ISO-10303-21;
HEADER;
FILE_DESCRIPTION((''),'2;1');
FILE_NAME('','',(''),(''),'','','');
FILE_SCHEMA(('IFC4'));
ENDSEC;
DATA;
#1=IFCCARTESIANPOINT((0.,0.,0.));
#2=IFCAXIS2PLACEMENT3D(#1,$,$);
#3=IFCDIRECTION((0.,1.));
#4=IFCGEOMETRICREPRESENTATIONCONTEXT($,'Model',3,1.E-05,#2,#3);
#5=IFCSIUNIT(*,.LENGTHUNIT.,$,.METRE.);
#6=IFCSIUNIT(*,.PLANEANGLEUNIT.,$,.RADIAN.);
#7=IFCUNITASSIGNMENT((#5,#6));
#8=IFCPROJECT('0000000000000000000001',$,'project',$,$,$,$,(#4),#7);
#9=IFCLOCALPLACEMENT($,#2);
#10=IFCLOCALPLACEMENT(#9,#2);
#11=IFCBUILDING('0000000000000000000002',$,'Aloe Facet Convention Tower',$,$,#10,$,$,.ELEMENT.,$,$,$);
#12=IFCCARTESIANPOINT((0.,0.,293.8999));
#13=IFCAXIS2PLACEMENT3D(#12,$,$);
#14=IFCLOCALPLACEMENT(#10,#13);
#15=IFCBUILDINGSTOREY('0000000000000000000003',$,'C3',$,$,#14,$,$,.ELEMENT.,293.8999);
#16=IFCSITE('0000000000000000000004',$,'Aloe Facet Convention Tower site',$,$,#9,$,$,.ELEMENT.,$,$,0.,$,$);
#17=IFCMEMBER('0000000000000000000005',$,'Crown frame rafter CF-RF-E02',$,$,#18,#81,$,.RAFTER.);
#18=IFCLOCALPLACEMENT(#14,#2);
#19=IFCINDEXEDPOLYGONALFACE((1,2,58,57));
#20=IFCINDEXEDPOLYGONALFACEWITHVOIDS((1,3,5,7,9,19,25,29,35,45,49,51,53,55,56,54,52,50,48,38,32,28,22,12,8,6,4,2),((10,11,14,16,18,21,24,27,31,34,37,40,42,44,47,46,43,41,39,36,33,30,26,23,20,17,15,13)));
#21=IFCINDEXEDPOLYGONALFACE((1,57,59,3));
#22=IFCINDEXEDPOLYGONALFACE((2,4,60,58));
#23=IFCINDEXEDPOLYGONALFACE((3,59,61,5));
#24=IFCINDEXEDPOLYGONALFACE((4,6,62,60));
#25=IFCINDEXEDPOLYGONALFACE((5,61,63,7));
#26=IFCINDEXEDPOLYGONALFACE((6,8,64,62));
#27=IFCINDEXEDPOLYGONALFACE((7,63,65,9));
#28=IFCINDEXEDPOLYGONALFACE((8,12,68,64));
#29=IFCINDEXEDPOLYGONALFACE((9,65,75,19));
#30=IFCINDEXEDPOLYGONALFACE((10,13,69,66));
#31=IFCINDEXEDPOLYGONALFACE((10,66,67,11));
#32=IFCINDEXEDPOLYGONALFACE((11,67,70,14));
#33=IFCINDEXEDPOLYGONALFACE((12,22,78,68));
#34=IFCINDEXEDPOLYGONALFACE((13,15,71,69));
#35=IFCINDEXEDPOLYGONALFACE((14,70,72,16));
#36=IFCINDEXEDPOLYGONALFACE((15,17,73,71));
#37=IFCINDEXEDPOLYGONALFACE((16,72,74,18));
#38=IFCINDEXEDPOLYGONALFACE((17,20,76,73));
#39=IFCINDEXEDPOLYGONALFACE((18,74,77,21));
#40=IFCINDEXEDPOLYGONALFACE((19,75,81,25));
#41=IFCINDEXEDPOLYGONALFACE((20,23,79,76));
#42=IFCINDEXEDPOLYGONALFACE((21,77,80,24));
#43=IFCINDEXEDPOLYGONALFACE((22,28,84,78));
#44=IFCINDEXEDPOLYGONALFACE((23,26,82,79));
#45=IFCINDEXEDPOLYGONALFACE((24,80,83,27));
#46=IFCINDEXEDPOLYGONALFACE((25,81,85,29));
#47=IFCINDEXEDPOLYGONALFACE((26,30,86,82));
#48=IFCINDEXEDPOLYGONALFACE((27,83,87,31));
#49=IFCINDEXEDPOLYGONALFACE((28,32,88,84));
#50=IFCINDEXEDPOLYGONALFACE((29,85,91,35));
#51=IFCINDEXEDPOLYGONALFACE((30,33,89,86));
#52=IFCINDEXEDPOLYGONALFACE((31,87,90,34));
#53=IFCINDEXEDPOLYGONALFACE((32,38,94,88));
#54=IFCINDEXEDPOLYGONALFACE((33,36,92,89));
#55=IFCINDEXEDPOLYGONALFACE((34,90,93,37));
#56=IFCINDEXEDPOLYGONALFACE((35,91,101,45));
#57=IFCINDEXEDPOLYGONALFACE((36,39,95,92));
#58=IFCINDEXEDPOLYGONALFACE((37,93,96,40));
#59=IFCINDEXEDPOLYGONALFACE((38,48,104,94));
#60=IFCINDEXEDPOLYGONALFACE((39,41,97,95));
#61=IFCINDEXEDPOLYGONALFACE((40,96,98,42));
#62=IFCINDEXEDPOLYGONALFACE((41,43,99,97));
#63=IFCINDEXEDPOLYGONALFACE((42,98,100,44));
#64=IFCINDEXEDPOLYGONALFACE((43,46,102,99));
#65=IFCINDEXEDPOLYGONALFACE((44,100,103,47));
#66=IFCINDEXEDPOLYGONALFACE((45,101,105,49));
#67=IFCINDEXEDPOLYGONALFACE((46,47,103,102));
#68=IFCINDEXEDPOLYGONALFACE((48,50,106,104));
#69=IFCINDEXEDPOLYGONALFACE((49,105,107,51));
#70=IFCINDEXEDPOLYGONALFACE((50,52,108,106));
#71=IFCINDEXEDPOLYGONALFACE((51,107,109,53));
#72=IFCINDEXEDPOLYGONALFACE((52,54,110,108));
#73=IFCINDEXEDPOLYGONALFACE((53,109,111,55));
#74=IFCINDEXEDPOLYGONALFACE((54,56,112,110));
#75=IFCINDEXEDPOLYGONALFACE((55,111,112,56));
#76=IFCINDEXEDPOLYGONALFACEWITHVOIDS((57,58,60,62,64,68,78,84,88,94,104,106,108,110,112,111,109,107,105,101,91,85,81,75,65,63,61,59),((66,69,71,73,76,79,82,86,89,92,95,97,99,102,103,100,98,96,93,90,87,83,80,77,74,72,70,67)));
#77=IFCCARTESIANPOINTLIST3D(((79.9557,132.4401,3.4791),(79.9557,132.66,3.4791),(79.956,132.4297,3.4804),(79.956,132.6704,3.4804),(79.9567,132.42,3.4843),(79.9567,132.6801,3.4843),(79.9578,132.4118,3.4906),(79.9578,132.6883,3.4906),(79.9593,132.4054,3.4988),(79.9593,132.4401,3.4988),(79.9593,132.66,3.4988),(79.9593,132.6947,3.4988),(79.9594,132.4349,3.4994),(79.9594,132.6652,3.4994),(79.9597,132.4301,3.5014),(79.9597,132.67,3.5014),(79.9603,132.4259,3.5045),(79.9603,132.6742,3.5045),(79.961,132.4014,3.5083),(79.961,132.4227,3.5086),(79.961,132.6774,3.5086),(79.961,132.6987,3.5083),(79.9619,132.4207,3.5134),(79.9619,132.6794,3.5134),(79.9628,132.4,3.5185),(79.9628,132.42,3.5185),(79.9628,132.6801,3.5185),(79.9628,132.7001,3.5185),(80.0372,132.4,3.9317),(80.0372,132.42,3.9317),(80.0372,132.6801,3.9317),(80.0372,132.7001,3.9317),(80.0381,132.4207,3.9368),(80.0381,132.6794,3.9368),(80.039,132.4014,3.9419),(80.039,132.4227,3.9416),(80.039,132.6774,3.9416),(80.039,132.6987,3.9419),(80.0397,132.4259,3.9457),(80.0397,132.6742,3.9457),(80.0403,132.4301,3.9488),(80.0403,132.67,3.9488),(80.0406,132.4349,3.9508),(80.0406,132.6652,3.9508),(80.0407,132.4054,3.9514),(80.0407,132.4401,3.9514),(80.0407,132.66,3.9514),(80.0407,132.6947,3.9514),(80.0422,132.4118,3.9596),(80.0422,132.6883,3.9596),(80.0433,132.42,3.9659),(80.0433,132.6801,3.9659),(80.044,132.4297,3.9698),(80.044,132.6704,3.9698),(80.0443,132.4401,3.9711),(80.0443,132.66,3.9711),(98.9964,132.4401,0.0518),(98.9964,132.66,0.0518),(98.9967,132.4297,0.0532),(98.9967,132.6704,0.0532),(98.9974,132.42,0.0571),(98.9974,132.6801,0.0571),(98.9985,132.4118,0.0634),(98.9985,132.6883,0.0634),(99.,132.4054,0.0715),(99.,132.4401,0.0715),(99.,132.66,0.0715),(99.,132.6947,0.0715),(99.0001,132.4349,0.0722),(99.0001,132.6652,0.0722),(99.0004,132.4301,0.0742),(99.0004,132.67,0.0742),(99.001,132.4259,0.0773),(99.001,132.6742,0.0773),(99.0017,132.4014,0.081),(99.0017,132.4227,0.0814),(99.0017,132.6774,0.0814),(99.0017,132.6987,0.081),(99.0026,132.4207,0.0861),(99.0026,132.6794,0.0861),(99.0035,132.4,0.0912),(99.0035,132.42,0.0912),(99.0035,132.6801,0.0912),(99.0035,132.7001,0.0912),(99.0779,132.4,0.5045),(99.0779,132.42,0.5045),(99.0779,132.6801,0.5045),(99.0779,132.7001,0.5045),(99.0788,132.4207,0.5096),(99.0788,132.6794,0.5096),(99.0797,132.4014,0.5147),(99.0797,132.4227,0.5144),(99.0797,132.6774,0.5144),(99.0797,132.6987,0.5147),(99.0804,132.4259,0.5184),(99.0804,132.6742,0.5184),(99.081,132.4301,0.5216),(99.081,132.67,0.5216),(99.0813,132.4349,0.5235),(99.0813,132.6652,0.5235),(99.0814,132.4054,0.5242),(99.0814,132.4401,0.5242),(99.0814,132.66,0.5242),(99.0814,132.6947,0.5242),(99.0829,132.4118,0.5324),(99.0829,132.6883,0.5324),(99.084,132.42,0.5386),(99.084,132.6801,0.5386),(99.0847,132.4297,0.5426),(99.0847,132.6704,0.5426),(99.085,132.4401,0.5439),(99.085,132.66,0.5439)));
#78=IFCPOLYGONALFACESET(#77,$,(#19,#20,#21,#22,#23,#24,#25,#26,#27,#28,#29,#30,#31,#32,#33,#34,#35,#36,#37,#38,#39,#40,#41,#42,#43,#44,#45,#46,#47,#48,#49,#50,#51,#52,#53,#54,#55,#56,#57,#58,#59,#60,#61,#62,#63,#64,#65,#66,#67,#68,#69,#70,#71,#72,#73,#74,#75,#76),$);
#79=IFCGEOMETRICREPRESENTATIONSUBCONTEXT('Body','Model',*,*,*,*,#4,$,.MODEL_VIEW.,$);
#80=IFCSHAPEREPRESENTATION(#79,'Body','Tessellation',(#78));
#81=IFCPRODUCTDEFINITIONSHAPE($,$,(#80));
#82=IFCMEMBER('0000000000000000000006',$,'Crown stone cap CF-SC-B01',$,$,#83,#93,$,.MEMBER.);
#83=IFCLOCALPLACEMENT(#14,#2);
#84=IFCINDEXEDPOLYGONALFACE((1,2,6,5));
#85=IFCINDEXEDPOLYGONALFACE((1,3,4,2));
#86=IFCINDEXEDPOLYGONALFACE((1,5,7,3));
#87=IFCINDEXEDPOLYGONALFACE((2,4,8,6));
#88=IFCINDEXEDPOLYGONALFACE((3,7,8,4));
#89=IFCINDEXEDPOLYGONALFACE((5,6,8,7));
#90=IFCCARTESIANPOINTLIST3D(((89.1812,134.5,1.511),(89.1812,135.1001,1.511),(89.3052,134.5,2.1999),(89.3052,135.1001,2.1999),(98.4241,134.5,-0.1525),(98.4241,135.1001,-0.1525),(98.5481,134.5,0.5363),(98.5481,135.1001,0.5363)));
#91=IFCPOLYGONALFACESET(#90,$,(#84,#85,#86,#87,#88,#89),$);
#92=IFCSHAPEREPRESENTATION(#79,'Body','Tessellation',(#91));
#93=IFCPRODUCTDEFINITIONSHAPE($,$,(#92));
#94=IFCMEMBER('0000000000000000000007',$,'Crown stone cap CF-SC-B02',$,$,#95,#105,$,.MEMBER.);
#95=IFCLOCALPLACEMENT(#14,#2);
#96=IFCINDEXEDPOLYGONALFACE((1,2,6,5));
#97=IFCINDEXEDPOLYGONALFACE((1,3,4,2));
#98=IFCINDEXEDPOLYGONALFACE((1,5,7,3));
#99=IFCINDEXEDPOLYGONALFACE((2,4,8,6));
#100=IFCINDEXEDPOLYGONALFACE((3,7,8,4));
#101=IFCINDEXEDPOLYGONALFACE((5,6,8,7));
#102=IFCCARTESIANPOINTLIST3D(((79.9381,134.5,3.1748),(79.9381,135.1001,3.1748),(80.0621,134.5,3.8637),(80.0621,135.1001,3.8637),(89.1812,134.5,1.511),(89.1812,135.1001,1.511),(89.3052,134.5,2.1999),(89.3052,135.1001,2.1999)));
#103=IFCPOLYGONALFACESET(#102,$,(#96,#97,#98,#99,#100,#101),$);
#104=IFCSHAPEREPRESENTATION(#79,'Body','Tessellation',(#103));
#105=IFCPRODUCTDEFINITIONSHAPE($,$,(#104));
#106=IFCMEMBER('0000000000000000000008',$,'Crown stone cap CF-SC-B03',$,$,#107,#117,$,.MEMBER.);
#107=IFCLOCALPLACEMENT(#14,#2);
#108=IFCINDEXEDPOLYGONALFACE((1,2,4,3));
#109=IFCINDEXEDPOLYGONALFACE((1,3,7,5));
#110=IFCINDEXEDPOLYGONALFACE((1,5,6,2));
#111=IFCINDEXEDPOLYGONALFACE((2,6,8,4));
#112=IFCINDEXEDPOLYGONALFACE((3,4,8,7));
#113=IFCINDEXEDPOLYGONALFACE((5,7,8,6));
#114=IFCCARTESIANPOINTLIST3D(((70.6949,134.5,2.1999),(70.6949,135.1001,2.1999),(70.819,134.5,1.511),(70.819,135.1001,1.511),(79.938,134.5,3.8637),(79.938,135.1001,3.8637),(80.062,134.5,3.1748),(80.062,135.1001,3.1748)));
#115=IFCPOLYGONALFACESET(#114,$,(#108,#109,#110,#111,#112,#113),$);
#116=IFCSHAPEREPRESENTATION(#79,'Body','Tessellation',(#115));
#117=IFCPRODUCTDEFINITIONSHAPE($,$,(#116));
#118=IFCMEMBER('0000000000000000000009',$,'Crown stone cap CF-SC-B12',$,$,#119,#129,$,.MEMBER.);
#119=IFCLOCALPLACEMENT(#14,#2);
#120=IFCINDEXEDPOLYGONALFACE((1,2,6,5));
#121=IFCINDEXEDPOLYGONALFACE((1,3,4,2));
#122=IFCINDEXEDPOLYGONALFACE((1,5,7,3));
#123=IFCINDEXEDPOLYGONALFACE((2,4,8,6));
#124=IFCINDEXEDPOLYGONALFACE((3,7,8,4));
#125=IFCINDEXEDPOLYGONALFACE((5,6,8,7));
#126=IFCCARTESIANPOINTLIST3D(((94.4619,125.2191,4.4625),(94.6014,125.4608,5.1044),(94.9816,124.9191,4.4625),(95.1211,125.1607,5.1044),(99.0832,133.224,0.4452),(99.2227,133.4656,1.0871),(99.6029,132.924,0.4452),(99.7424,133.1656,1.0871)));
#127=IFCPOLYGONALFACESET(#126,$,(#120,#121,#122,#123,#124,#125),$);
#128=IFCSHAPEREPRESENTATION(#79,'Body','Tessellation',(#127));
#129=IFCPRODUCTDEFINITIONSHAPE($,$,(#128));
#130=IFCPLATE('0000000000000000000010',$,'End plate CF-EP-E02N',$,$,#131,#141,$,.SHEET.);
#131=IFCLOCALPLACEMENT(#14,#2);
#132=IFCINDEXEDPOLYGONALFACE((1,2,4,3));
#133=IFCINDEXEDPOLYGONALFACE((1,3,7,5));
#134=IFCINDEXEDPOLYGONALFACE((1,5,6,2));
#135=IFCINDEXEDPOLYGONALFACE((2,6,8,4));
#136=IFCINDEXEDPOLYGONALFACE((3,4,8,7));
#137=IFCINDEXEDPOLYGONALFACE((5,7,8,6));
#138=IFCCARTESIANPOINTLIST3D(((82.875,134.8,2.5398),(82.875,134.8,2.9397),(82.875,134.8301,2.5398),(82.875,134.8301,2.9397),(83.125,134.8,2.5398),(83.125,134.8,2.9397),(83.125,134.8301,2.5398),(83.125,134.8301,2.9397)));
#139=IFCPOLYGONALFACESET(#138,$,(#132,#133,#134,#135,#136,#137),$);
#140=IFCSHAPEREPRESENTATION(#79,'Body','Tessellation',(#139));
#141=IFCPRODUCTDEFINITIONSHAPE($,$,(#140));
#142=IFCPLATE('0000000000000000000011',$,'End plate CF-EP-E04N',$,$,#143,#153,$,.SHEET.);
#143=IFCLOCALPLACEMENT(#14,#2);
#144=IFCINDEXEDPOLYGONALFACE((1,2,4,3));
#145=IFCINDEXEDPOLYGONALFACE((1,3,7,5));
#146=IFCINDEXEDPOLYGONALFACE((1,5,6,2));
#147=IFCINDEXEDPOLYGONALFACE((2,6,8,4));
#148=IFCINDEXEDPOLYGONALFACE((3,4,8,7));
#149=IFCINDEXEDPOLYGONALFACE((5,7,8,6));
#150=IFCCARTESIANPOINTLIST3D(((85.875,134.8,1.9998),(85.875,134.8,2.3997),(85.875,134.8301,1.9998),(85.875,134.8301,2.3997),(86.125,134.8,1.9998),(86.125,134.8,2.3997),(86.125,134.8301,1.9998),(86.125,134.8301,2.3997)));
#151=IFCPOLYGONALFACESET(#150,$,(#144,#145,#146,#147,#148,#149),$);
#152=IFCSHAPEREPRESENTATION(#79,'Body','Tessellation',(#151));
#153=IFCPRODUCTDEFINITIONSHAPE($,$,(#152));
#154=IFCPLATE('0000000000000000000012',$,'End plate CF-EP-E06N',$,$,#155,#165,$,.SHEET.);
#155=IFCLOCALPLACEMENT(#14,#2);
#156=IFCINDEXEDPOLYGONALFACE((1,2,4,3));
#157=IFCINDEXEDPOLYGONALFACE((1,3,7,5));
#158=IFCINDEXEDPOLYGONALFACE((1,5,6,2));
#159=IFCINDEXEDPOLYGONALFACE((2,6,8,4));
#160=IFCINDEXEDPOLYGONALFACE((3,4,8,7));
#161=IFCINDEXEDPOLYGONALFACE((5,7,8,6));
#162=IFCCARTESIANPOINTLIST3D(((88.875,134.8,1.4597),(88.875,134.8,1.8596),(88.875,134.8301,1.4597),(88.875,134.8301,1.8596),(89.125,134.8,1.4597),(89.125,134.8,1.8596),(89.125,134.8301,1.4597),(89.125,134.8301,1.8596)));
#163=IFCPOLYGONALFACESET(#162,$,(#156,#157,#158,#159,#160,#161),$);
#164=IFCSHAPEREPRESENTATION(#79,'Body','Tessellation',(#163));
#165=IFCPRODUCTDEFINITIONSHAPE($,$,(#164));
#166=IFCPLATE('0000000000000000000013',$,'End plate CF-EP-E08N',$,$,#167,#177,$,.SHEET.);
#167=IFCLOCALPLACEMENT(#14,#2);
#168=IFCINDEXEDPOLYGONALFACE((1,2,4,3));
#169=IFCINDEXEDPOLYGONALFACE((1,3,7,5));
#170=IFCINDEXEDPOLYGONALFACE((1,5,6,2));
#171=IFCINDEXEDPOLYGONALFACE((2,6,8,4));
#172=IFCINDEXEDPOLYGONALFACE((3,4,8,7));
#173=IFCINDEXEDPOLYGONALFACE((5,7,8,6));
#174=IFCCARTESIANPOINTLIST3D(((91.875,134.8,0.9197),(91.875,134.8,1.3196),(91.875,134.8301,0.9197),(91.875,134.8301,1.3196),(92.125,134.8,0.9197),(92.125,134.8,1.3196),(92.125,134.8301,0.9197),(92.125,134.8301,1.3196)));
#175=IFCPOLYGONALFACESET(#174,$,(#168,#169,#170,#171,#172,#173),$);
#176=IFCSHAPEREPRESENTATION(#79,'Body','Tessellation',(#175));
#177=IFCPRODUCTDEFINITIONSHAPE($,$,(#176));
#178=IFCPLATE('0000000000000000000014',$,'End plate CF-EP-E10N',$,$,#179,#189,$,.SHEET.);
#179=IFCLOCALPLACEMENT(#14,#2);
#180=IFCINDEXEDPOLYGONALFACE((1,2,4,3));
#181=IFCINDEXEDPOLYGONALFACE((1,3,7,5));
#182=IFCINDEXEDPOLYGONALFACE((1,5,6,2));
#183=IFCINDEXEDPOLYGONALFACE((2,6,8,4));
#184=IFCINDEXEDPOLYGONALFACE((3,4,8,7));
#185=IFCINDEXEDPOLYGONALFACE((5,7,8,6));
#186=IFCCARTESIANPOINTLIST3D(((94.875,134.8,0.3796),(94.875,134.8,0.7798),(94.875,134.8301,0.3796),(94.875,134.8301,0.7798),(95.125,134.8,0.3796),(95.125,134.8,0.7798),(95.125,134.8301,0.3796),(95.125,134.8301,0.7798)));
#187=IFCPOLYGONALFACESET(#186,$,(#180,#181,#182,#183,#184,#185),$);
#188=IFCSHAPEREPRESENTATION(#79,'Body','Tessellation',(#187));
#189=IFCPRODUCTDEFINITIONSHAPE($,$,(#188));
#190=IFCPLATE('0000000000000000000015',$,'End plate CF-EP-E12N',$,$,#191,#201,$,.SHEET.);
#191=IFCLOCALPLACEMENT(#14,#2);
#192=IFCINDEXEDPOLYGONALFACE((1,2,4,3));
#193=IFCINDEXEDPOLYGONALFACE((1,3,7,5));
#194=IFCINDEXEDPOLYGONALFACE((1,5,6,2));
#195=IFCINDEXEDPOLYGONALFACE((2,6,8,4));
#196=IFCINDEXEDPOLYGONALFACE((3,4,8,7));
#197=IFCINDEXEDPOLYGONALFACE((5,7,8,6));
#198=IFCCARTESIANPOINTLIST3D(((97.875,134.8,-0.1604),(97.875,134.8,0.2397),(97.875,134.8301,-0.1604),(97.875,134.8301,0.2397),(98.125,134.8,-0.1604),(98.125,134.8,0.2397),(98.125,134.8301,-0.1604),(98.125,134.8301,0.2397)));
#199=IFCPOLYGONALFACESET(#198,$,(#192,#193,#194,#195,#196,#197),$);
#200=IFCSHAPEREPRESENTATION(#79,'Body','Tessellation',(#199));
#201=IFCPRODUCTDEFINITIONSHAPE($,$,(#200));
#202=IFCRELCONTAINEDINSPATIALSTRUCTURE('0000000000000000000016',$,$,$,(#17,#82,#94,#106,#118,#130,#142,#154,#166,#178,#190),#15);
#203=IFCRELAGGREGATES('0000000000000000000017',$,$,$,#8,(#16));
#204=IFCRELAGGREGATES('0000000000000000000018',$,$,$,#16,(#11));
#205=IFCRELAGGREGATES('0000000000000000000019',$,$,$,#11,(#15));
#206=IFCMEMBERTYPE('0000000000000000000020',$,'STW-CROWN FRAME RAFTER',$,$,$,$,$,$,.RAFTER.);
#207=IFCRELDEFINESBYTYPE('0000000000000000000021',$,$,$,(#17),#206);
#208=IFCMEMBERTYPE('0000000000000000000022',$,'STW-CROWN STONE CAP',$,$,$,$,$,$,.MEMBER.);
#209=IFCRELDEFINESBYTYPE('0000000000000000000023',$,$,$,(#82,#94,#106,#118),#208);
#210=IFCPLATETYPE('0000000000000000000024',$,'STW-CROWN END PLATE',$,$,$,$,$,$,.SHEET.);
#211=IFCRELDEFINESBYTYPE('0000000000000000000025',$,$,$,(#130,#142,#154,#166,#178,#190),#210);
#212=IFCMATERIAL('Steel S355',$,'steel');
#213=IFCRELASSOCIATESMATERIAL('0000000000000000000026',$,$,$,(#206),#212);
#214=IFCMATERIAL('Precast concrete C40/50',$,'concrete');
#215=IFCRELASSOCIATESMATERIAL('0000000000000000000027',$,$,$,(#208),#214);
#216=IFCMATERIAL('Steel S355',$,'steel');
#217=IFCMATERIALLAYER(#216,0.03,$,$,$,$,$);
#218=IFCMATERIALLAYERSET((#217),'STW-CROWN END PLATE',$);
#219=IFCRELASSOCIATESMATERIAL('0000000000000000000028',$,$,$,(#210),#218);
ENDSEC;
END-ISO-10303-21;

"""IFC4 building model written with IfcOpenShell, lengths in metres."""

from ifc_helpers import new_model, si_unit, direction, frame, origin, origin_2d, place, context, subcontext, project, spatial, polyline, rectangle, hollow_rectangle, outline, extrude, material, layer, layer_set, material_profile, profile_set, type_object, element, save


model = new_model("IFC4")

# Units and contexts
model_context = context("Model", 3, precision=1e-05, world=origin(), true_north=direction((0.0, 1.0)))
body_context = subcontext(model_context, "Body", "Model", "MODEL_VIEW")
ifc_project = project(units=[si_unit("LENGTHUNIT", "METRE"), si_unit("PLANEANGLEUNIT", "RADIAN")], contexts=[model_context])

# Site, building, storey
site_placement = place(None, origin())
site = spatial("IfcSite", under=ifc_project, at=site_placement, Name="Aloe Facet Convention Tower site", CompositionType="ELEMENT", RefElevation=0.0)
building_placement = place(site_placement, origin())
building = spatial("IfcBuilding", under=site, at=building_placement, Name="Aloe Facet Convention Tower", CompositionType="ELEMENT")
storey_placement = place(building_placement, frame((0.0, 0.0, 293.8999)))
storey = spatial("IfcBuildingStorey", under=building, at=storey_placement, Name="C3", CompositionType="ELEMENT", Elevation=293.8999)

# Members
ifc_material_1 = material(Name="Steel S355", Category="steel")
ifc_material_profile_1 = material_profile(ifc_material_1, hollow_rectangle(XDim=0.3, YDim=0.5, WallThickness=0.02, InnerFilletRadius=0.02, OuterFilletRadius=0.04, at=origin_2d()), Name="RHS 500x300x20")
ifc_profile_set_1 = profile_set([ifc_material_profile_1], Name="Steel S355")
member_type_1 = type_object("IfcMemberType", Name="STW-CROWN FRAME RAFTER", PredefinedType="RAFTER", material=ifc_profile_set_1)
member_1_placement = place(storey_placement, frame((80.0, 132.55, 3.7251), z_axis=(0.984184, 0.0, -0.177148), x_axis=(0.0, 1.0, 0.0)))
element("IfcMember", 1, at=member_1_placement, inside=storey, type_object=member_type_1, Name="Crown frame rafter CF-RF-E02", PredefinedType="RAFTER", context=body_context, shape_type="SweptSolid", body=[
    extrude(hollow_rectangle(XDim=0.3, YDim=0.5, WallThickness=0.02, InnerFilletRadius=0.02, OuterFilletRadius=0.04, at=origin_2d()), origin(), (0.0, 0.0, 1.0), 19.3467),
])
ifc_material_2 = material(Name="Precast concrete C40/50", Category="concrete")
ifc_material_profile_2 = material_profile(ifc_material_2, rectangle(XDim=0.6001, YDim=0.7, at=origin_2d()), Name="STW-CROWN STONE CAP")
ifc_profile_set_2 = profile_set([ifc_material_profile_2], Name="Precast concrete C40/50")
member_type_2 = type_object("IfcMemberType", Name="STW-CROWN STONE CAP", PredefinedType="MEMBER", material=ifc_profile_set_2)
member_2_placement = place(storey_placement, frame((98.4861, 134.8, 0.1919), z_axis=(-0.984186, 0.0, 0.177137), x_axis=(0.0, -1.0, 0.0)))
element("IfcMember", 2, at=member_2_placement, inside=storey, type_object=member_type_2, Name="Crown stone cap CF-SC-B01", PredefinedType="MEMBER", context=body_context, shape_type="SweptSolid", body=[
    extrude(rectangle(XDim=0.6001, YDim=0.7, at=origin_2d()), origin(), (0.0, 0.0, 1.0), 9.3914),
])
for number, where, z_axis, x_axis, name in (
    (3, (89.2432, 134.8, 1.8555), (-0.984182, 0.0, 0.177158), (0.0, -1.0, 0.0), "Crown stone cap CF-SC-B02"),
    (4, (80.0, 134.8, 3.5193), (-0.984182, 0.0, -0.177158), (0.0, -1.0, 0.0), "Crown stone cap CF-SC-B03"),
):
    element("IfcMember", number, at=place(storey_placement, frame(where, z_axis=z_axis, x_axis=x_axis)), inside=storey, type_object=member_type_2, Name=name, PredefinedType="MEMBER", context=body_context, shape_type="SweptSolid", body=[
        extrude(rectangle(XDim=0.6001, YDim=0.7, at=origin_2d()), origin(), (0.0, 0.0, 1.0), 9.3916),
    ])
member_3_placement = place(storey_placement, frame((94.7915, 125.1899, 4.7834), z_axis=(0.458539, 0.794262, -0.398609), x_axis=(-0.866039, 0.499977, 0.0)))
element("IfcMember", 5, at=member_3_placement, inside=storey, type_object=member_type_2, Name="Crown stone cap CF-SC-B12", PredefinedType="MEMBER", context=body_context, shape_type="SweptSolid", body=[
    extrude(rectangle(XDim=0.6001, YDim=0.7, at=origin_2d()), origin(), (0.0, 0.0, 1.0), 10.0784),
])

# Plates
ifc_material_3 = material(Name="Steel S355", Category="steel")
ifc_layer_1 = layer(ifc_material_3, 0.03)
ifc_layer_set_1 = layer_set([ifc_layer_1], Name="STW-CROWN END PLATE")
plate_type = type_object("IfcPlateType", Name="STW-CROWN END PLATE", PredefinedType="SHEET", material=ifc_layer_set_1)
for number, where, z_axis, x_axis, name in (
    (6, (82.875, 134.8, 2.5398), (0.0, -1.0, 0.0), (1.0, 0.0, 0.0), "End plate CF-EP-E02N"),
    (7, (85.875, 134.8, 1.9998), (0.0, -1.0, 0.0), (1.0, 0.0, 0.0), "End plate CF-EP-E04N"),
    (8, (88.875, 134.8, 1.4597), (0.0, -1.0, 0.0), (1.0, 0.0, 0.0), "End plate CF-EP-E06N"),
    (9, (91.875, 134.8, 0.9197), (0.0, -1.0, 0.0), (1.0, 0.0, 0.0), "End plate CF-EP-E08N"),
):
    element("IfcPlate", number, at=place(storey_placement, frame(where, z_axis=z_axis, x_axis=x_axis)), inside=storey, type_object=plate_type, Name=name, PredefinedType="SHEET", context=body_context, shape_type="SweptSolid", body=[
        extrude(outline(polyline([(0.0, 0.0), (0.25, 0.0), (0.25, 0.3999), (0.0, 0.3999), (0.0, 0.0)])), origin(), (0.0, 0.0, -1.0), 0.03),
    ])
for number, where, z_axis, x_axis, name in (
    (10, (94.875, 134.8, 0.3796), (0.0, -1.0, 0.0), (1.0, 0.0, 0.0), "End plate CF-EP-E10N"),
    (11, (97.875, 134.8, -0.1604), (0.0, -1.0, 0.0), (1.0, 0.0, 0.0), "End plate CF-EP-E12N"),
):
    element("IfcPlate", number, at=place(storey_placement, frame(where, z_axis=z_axis, x_axis=x_axis)), inside=storey, type_object=plate_type, Name=name, PredefinedType="SHEET", context=body_context, shape_type="SweptSolid", body=[
        extrude(outline(polyline([(0.0, 0.0), (0.25, 0.0), (0.25, 0.4001), (0.0, 0.4001), (0.0, 0.0)])), origin(), (0.0, 0.0, -1.0), 0.03),
    ])

save(model, "model.ifc")
